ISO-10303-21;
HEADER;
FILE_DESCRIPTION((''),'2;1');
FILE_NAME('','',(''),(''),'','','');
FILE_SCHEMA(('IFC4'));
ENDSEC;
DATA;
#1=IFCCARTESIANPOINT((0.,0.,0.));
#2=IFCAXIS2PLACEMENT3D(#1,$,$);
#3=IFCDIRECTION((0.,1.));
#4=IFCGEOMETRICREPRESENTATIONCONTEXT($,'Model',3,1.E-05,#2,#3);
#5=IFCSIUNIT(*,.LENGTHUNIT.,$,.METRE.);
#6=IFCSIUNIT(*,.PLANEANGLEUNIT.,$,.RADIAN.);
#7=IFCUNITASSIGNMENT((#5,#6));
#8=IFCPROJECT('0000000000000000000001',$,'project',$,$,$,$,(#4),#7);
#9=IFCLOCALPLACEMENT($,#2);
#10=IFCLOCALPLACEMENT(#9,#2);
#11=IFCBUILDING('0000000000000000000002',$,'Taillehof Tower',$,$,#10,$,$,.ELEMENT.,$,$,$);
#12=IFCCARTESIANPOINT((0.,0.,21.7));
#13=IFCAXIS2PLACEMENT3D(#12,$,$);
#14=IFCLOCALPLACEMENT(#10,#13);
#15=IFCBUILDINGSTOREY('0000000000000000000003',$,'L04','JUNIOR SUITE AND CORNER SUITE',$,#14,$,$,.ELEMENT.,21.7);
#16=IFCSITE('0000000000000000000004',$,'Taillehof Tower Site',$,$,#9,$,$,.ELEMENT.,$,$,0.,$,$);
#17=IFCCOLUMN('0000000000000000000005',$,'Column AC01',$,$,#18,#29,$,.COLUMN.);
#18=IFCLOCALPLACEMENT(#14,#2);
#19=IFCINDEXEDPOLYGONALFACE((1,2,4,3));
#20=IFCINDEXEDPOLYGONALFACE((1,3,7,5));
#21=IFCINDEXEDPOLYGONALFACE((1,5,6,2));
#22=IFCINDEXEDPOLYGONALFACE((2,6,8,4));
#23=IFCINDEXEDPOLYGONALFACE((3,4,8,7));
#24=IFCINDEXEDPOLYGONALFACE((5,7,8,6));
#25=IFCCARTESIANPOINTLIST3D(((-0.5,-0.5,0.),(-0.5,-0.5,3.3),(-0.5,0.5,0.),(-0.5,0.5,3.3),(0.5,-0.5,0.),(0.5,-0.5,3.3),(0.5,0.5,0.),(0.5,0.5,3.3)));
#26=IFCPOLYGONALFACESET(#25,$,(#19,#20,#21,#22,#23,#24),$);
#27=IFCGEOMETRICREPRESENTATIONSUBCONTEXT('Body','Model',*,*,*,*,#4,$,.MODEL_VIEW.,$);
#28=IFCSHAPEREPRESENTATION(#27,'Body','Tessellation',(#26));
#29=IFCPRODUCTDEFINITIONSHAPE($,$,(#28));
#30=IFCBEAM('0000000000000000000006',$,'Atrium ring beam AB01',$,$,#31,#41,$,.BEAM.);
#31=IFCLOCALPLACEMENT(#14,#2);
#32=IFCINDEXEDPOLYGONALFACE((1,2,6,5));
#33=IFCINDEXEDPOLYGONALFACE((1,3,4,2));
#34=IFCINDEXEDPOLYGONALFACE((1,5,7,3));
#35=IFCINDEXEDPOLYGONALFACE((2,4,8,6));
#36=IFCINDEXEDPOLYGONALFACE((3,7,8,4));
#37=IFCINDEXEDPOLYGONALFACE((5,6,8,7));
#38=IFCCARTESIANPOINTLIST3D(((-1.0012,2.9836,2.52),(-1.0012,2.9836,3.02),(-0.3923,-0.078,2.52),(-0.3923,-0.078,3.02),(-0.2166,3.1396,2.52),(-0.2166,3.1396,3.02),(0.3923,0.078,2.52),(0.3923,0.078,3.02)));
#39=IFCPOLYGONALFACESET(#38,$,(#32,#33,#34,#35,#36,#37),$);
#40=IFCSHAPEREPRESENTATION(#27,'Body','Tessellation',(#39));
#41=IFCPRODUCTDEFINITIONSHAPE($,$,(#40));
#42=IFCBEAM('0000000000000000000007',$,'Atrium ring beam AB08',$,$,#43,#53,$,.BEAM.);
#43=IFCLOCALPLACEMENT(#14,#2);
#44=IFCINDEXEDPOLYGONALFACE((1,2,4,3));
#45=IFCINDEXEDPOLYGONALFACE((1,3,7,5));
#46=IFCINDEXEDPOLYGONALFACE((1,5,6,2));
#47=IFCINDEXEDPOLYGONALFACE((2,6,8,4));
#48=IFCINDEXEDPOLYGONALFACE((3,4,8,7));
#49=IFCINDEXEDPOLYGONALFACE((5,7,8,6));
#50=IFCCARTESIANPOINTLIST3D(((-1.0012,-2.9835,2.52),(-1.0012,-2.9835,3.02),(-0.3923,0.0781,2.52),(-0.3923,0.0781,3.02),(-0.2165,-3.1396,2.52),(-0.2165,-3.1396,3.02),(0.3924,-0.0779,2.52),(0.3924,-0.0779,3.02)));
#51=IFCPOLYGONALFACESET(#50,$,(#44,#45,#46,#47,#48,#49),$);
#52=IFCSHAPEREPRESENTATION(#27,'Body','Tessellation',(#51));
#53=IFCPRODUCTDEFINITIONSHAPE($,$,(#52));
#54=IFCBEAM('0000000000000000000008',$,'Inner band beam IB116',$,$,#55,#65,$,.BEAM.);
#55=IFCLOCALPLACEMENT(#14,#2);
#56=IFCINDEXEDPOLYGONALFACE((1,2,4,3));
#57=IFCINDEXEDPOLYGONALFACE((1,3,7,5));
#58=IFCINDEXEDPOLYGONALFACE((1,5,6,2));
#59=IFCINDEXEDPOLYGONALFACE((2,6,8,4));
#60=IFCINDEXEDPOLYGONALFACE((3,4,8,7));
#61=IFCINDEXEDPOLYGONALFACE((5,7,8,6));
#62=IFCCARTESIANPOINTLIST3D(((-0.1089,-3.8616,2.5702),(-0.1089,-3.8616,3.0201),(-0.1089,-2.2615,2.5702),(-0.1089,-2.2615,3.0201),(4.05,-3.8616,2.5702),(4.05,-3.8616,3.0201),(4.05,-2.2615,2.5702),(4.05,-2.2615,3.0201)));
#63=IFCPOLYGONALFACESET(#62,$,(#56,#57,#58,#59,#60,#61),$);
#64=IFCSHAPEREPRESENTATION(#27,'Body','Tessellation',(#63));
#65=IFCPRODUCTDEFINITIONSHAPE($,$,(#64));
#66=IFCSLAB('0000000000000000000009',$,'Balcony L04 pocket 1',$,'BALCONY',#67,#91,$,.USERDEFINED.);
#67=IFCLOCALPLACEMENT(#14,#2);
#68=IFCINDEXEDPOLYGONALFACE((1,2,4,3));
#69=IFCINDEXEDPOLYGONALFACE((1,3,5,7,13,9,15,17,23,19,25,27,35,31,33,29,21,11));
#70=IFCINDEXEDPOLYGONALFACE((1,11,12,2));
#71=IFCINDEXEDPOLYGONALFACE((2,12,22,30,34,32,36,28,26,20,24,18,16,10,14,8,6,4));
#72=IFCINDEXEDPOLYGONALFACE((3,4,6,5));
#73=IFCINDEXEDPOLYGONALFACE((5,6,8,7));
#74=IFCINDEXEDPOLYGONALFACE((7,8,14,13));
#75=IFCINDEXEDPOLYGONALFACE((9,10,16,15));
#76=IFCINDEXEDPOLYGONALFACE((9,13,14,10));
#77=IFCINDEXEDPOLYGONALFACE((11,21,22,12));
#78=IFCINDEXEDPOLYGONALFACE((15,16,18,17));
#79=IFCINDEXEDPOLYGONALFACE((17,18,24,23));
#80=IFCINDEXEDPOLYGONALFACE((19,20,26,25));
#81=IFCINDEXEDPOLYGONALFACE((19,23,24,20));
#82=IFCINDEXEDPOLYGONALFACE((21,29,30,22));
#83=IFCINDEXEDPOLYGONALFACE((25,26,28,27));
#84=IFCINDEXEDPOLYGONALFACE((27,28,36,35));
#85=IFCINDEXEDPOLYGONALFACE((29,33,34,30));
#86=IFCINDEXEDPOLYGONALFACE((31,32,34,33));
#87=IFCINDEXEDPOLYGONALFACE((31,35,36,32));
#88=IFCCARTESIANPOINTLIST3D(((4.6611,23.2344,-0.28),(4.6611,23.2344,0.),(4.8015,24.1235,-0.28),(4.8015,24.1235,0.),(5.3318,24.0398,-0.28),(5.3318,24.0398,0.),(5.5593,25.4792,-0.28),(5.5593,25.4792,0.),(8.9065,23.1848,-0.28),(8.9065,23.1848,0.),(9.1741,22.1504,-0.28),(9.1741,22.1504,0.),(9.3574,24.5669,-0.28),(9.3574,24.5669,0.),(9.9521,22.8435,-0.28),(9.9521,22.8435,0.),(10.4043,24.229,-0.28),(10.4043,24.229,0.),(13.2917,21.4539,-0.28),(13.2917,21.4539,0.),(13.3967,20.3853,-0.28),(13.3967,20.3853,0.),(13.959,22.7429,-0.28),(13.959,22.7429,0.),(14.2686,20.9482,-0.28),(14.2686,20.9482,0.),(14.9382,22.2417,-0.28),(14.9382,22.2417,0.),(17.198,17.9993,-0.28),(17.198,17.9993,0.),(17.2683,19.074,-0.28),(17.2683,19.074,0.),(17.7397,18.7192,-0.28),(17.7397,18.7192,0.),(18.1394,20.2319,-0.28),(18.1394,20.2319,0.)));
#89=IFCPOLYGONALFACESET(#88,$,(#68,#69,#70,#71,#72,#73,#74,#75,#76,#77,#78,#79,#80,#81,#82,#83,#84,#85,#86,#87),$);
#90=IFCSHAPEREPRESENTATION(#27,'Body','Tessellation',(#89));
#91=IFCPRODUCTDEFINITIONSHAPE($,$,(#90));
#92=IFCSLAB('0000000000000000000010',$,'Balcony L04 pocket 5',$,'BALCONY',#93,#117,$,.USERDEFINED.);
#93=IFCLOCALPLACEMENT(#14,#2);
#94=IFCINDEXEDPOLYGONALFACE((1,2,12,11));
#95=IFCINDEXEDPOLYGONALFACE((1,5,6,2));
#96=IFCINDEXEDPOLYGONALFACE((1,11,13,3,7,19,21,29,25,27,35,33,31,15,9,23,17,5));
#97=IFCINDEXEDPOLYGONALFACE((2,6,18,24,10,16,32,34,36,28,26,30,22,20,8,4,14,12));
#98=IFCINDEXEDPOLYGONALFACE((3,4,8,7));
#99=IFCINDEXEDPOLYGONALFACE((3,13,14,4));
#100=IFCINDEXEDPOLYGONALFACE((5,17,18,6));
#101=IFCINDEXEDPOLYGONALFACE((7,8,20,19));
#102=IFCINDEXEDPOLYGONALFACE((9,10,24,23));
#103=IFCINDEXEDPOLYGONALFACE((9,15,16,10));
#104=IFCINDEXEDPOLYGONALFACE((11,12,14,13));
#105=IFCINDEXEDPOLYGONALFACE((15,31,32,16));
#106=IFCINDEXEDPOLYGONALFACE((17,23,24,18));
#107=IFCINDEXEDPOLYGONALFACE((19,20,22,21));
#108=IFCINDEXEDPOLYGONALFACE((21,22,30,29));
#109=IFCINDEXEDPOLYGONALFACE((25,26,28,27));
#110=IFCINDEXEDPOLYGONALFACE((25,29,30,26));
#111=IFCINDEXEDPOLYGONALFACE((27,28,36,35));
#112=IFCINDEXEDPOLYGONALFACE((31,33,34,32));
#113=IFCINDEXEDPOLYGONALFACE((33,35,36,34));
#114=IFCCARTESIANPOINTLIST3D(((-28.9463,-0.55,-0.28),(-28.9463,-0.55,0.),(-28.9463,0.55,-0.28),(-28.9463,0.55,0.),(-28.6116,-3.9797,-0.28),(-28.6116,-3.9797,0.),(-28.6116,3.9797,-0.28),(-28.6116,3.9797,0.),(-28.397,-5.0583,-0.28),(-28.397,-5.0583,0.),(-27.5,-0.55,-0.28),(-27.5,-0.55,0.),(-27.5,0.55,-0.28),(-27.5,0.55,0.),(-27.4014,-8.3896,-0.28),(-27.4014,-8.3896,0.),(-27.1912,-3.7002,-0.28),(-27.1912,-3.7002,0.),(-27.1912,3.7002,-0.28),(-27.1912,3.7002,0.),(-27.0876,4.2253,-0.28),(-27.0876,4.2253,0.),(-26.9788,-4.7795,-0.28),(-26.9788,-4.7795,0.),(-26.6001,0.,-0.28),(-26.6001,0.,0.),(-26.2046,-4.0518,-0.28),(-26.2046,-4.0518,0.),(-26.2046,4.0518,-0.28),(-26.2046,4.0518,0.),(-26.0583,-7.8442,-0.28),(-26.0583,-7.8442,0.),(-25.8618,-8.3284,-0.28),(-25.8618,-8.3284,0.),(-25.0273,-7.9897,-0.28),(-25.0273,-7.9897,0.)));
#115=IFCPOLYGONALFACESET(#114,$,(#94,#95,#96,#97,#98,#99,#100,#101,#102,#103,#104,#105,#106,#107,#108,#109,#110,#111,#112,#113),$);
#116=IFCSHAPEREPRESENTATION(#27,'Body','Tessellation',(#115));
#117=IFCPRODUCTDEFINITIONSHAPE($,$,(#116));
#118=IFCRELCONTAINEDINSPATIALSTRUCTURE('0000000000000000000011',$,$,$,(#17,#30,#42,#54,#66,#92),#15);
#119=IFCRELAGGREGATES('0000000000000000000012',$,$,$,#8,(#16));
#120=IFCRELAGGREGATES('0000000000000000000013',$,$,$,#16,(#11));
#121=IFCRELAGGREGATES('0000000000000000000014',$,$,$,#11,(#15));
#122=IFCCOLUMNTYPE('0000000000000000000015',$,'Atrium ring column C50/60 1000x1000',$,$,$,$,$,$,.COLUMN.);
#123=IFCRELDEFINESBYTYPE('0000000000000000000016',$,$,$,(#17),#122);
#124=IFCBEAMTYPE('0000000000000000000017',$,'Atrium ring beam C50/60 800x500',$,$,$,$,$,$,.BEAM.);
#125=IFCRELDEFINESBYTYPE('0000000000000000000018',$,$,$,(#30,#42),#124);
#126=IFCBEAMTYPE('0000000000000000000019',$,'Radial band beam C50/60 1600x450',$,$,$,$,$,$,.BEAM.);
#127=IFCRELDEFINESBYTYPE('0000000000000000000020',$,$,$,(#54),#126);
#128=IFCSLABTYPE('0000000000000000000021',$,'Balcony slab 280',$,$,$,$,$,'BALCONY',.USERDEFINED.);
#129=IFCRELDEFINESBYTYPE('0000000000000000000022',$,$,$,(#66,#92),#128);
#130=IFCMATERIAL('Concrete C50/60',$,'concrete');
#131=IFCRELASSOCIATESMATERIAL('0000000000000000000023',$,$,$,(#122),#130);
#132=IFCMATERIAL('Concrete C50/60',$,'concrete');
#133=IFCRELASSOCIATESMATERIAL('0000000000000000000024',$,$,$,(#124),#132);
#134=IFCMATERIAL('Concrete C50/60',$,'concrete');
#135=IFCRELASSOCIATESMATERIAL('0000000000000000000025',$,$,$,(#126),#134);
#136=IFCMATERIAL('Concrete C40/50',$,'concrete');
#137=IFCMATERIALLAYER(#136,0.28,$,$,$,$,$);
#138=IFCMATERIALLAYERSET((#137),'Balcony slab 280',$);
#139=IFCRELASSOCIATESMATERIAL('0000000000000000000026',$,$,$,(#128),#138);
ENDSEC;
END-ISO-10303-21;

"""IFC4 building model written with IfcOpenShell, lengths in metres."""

from ifc_helpers import new_model, si_unit, direction, frame, origin, origin_with_axes, origin_2d, place, context, subcontext, project, spatial, polyline, rectangle, outline, extrude, material, layer, layer_set, material_profile, profile_set, type_object, element, save


model = new_model("IFC4")

# Units and contexts
model_context = context("Model", 3, precision=1e-05, world=origin(), true_north=direction((0.0, 1.0)))
body_context = subcontext(model_context, "Body", "Model", "MODEL_VIEW")
ifc_project = project(units=[si_unit("LENGTHUNIT", "METRE"), si_unit("PLANEANGLEUNIT", "RADIAN")], contexts=[model_context])

# Site, building, storey
site_placement = place(None, origin())
site = spatial("IfcSite", under=ifc_project, at=site_placement, Name="Taillehof Tower Site", CompositionType="ELEMENT", RefElevation=0.0)
building_placement = place(site_placement, origin())
building = spatial("IfcBuilding", under=site, at=building_placement, Name="Taillehof Tower", CompositionType="ELEMENT")
storey_placement = place(building_placement, frame((0.0, 0.0, 21.7)))
storey = spatial("IfcBuildingStorey", under=building, at=storey_placement, Name="L04", Description="JUNIOR SUITE AND CORNER SUITE", CompositionType="ELEMENT", Elevation=21.7)

# Column
ifc_material_1 = material(Name="Concrete C50/60", Category="concrete")
ifc_material_profile_1 = material_profile(ifc_material_1, rectangle(XDim=1.0, YDim=1.0, at=origin_2d()), Name="RC 1000x1000")
ifc_profile_set_1 = profile_set([ifc_material_profile_1], Name="Concrete C50/60")
column_type = type_object("IfcColumnType", Name="Atrium ring column C50/60 1000x1000", PredefinedType="COLUMN", material=ifc_profile_set_1)
column_placement = place(storey_placement, origin_with_axes())
element("IfcColumn", 1, at=column_placement, inside=storey, type_object=column_type, Name="Column AC01", PredefinedType="COLUMN", context=body_context, shape_type="SweptSolid", body=[
    extrude(rectangle(XDim=1.0, YDim=1.0, at=origin_2d()), origin(), (0.0, 0.0, 1.0), 3.3),
])

# Beams
ifc_material_2 = material(Name="Concrete C50/60", Category="concrete")
ifc_material_profile_2 = material_profile(ifc_material_2, rectangle(XDim=0.8, YDim=0.5, at=origin_2d()), Name="RC 800x500")
ifc_profile_set_2 = profile_set([ifc_material_profile_2], Name="Concrete C50/60")
beam_type_1 = type_object("IfcBeamType", Name="Atrium ring beam C50/60 800x500", PredefinedType="BEAM", material=ifc_profile_set_2)
for number, where, z_axis, x_axis, name in (
    (2, (0.0, 0.0, 2.77), (-0.195063, 0.980791, 0.0), (-0.980791, -0.195063, 0.0), "Atrium ring beam AB01"),
    (3, (-0.6089, -3.0615, 2.77), (0.195063, 0.980791, 0.0), (-0.980791, 0.195063, 0.0), "Atrium ring beam AB08"),
):
    element("IfcBeam", number, at=place(storey_placement, frame(where, z_axis=z_axis, x_axis=x_axis)), inside=storey, type_object=beam_type_1, Name=name, PredefinedType="BEAM", context=body_context, shape_type="SweptSolid", body=[
        extrude(rectangle(XDim=0.8, YDim=0.5, at=origin_2d()), origin(), (0.0, 0.0, 1.0), 3.1216),
    ])
ifc_material_3 = material(Name="Concrete C50/60", Category="concrete")
ifc_material_profile_3 = material_profile(ifc_material_3, rectangle(XDim=1.6001, YDim=0.45, at=origin_2d()), Name="RC 1600x450")
ifc_profile_set_3 = profile_set([ifc_material_profile_3], Name="Concrete C50/60")
beam_type_2 = type_object("IfcBeamType", Name="Radial band beam C50/60 1600x450", PredefinedType="BEAM", material=ifc_profile_set_3)
beam_placement = place(storey_placement, frame((-0.1089, -3.0615, 2.7952), z_axis=(1.0, 0.0, 0.0), x_axis=(0.0, 1.0, 0.0)))
element("IfcBeam", 4, at=beam_placement, inside=storey, type_object=beam_type_2, Name="Inner band beam IB116", PredefinedType="BEAM", context=body_context, shape_type="SweptSolid", body=[
    extrude(rectangle(XDim=1.6001, YDim=0.45, at=origin_2d()), origin(), (0.0, 0.0, 1.0), 4.1589),
])

# Slabs
ifc_material_4 = material(Name="Concrete C40/50", Category="concrete")
ifc_layer_1 = layer(ifc_material_4, 0.28)
ifc_layer_set_1 = layer_set([ifc_layer_1], Name="Balcony slab 280")
slab_type_1 = type_object("IfcSlabType", Name="Balcony slab 280", ElementType="BALCONY", PredefinedType="USERDEFINED", material=ifc_layer_set_1)
slab_1_placement = place(storey_placement, frame((0.0, 0.0, -0.28)))
element("IfcSlab", 5, at=slab_1_placement, inside=storey, type_object=slab_type_1, Name="Balcony L04 pocket 1", ObjectType="BALCONY", PredefinedType="USERDEFINED", context=body_context, shape_type="SweptSolid", body=[
    extrude(outline(polyline([(4.6611, 23.2344), (4.8015, 24.1235), (5.3318, 24.0398), (5.5593, 25.4792), (9.3574, 24.5669), (8.9065, 23.1848), (9.9521, 22.8435), (10.4043, 24.229), (13.959, 22.7429), (13.2917, 21.4539), (14.2686, 20.9482), (14.9382, 22.2417), (18.1394, 20.2319), (17.2683, 19.074), (17.7397, 18.7192), (17.198, 17.9993), (13.3967, 20.3853), (9.1741, 22.1504), (4.6611, 23.2344)])), origin(), (0.0, 0.0, 1.0), 0.28),
])
slab_2_placement = place(storey_placement, frame((0.0, 0.0, -0.28)))
element("IfcSlab", 6, at=slab_2_placement, inside=storey, type_object=slab_type_1, Name="Balcony L04 pocket 5", ObjectType="BALCONY", PredefinedType="USERDEFINED", context=body_context, shape_type="SweptSolid", body=[
    extrude(outline(polyline([(-25.0273, -7.9897), (-25.8618, -8.3284), (-26.0583, -7.8442), (-27.4014, -8.3896), (-28.397, -5.0583), (-26.9788, -4.7795), (-27.1912, -3.7002), (-28.6116, -3.9797), (-28.9463, -0.55), (-27.5, -0.55), (-27.5, 0.55), (-28.9463, 0.55), (-28.6116, 3.9797), (-27.1912, 3.7002), (-27.0876, 4.2253), (-26.2046, 4.0518), (-26.6001, 0.0), (-26.2046, -4.0518), (-25.0273, -7.9897)])), origin(), (0.0, 0.0, 1.0), 0.28),
])

save(model, "model.ifc")
